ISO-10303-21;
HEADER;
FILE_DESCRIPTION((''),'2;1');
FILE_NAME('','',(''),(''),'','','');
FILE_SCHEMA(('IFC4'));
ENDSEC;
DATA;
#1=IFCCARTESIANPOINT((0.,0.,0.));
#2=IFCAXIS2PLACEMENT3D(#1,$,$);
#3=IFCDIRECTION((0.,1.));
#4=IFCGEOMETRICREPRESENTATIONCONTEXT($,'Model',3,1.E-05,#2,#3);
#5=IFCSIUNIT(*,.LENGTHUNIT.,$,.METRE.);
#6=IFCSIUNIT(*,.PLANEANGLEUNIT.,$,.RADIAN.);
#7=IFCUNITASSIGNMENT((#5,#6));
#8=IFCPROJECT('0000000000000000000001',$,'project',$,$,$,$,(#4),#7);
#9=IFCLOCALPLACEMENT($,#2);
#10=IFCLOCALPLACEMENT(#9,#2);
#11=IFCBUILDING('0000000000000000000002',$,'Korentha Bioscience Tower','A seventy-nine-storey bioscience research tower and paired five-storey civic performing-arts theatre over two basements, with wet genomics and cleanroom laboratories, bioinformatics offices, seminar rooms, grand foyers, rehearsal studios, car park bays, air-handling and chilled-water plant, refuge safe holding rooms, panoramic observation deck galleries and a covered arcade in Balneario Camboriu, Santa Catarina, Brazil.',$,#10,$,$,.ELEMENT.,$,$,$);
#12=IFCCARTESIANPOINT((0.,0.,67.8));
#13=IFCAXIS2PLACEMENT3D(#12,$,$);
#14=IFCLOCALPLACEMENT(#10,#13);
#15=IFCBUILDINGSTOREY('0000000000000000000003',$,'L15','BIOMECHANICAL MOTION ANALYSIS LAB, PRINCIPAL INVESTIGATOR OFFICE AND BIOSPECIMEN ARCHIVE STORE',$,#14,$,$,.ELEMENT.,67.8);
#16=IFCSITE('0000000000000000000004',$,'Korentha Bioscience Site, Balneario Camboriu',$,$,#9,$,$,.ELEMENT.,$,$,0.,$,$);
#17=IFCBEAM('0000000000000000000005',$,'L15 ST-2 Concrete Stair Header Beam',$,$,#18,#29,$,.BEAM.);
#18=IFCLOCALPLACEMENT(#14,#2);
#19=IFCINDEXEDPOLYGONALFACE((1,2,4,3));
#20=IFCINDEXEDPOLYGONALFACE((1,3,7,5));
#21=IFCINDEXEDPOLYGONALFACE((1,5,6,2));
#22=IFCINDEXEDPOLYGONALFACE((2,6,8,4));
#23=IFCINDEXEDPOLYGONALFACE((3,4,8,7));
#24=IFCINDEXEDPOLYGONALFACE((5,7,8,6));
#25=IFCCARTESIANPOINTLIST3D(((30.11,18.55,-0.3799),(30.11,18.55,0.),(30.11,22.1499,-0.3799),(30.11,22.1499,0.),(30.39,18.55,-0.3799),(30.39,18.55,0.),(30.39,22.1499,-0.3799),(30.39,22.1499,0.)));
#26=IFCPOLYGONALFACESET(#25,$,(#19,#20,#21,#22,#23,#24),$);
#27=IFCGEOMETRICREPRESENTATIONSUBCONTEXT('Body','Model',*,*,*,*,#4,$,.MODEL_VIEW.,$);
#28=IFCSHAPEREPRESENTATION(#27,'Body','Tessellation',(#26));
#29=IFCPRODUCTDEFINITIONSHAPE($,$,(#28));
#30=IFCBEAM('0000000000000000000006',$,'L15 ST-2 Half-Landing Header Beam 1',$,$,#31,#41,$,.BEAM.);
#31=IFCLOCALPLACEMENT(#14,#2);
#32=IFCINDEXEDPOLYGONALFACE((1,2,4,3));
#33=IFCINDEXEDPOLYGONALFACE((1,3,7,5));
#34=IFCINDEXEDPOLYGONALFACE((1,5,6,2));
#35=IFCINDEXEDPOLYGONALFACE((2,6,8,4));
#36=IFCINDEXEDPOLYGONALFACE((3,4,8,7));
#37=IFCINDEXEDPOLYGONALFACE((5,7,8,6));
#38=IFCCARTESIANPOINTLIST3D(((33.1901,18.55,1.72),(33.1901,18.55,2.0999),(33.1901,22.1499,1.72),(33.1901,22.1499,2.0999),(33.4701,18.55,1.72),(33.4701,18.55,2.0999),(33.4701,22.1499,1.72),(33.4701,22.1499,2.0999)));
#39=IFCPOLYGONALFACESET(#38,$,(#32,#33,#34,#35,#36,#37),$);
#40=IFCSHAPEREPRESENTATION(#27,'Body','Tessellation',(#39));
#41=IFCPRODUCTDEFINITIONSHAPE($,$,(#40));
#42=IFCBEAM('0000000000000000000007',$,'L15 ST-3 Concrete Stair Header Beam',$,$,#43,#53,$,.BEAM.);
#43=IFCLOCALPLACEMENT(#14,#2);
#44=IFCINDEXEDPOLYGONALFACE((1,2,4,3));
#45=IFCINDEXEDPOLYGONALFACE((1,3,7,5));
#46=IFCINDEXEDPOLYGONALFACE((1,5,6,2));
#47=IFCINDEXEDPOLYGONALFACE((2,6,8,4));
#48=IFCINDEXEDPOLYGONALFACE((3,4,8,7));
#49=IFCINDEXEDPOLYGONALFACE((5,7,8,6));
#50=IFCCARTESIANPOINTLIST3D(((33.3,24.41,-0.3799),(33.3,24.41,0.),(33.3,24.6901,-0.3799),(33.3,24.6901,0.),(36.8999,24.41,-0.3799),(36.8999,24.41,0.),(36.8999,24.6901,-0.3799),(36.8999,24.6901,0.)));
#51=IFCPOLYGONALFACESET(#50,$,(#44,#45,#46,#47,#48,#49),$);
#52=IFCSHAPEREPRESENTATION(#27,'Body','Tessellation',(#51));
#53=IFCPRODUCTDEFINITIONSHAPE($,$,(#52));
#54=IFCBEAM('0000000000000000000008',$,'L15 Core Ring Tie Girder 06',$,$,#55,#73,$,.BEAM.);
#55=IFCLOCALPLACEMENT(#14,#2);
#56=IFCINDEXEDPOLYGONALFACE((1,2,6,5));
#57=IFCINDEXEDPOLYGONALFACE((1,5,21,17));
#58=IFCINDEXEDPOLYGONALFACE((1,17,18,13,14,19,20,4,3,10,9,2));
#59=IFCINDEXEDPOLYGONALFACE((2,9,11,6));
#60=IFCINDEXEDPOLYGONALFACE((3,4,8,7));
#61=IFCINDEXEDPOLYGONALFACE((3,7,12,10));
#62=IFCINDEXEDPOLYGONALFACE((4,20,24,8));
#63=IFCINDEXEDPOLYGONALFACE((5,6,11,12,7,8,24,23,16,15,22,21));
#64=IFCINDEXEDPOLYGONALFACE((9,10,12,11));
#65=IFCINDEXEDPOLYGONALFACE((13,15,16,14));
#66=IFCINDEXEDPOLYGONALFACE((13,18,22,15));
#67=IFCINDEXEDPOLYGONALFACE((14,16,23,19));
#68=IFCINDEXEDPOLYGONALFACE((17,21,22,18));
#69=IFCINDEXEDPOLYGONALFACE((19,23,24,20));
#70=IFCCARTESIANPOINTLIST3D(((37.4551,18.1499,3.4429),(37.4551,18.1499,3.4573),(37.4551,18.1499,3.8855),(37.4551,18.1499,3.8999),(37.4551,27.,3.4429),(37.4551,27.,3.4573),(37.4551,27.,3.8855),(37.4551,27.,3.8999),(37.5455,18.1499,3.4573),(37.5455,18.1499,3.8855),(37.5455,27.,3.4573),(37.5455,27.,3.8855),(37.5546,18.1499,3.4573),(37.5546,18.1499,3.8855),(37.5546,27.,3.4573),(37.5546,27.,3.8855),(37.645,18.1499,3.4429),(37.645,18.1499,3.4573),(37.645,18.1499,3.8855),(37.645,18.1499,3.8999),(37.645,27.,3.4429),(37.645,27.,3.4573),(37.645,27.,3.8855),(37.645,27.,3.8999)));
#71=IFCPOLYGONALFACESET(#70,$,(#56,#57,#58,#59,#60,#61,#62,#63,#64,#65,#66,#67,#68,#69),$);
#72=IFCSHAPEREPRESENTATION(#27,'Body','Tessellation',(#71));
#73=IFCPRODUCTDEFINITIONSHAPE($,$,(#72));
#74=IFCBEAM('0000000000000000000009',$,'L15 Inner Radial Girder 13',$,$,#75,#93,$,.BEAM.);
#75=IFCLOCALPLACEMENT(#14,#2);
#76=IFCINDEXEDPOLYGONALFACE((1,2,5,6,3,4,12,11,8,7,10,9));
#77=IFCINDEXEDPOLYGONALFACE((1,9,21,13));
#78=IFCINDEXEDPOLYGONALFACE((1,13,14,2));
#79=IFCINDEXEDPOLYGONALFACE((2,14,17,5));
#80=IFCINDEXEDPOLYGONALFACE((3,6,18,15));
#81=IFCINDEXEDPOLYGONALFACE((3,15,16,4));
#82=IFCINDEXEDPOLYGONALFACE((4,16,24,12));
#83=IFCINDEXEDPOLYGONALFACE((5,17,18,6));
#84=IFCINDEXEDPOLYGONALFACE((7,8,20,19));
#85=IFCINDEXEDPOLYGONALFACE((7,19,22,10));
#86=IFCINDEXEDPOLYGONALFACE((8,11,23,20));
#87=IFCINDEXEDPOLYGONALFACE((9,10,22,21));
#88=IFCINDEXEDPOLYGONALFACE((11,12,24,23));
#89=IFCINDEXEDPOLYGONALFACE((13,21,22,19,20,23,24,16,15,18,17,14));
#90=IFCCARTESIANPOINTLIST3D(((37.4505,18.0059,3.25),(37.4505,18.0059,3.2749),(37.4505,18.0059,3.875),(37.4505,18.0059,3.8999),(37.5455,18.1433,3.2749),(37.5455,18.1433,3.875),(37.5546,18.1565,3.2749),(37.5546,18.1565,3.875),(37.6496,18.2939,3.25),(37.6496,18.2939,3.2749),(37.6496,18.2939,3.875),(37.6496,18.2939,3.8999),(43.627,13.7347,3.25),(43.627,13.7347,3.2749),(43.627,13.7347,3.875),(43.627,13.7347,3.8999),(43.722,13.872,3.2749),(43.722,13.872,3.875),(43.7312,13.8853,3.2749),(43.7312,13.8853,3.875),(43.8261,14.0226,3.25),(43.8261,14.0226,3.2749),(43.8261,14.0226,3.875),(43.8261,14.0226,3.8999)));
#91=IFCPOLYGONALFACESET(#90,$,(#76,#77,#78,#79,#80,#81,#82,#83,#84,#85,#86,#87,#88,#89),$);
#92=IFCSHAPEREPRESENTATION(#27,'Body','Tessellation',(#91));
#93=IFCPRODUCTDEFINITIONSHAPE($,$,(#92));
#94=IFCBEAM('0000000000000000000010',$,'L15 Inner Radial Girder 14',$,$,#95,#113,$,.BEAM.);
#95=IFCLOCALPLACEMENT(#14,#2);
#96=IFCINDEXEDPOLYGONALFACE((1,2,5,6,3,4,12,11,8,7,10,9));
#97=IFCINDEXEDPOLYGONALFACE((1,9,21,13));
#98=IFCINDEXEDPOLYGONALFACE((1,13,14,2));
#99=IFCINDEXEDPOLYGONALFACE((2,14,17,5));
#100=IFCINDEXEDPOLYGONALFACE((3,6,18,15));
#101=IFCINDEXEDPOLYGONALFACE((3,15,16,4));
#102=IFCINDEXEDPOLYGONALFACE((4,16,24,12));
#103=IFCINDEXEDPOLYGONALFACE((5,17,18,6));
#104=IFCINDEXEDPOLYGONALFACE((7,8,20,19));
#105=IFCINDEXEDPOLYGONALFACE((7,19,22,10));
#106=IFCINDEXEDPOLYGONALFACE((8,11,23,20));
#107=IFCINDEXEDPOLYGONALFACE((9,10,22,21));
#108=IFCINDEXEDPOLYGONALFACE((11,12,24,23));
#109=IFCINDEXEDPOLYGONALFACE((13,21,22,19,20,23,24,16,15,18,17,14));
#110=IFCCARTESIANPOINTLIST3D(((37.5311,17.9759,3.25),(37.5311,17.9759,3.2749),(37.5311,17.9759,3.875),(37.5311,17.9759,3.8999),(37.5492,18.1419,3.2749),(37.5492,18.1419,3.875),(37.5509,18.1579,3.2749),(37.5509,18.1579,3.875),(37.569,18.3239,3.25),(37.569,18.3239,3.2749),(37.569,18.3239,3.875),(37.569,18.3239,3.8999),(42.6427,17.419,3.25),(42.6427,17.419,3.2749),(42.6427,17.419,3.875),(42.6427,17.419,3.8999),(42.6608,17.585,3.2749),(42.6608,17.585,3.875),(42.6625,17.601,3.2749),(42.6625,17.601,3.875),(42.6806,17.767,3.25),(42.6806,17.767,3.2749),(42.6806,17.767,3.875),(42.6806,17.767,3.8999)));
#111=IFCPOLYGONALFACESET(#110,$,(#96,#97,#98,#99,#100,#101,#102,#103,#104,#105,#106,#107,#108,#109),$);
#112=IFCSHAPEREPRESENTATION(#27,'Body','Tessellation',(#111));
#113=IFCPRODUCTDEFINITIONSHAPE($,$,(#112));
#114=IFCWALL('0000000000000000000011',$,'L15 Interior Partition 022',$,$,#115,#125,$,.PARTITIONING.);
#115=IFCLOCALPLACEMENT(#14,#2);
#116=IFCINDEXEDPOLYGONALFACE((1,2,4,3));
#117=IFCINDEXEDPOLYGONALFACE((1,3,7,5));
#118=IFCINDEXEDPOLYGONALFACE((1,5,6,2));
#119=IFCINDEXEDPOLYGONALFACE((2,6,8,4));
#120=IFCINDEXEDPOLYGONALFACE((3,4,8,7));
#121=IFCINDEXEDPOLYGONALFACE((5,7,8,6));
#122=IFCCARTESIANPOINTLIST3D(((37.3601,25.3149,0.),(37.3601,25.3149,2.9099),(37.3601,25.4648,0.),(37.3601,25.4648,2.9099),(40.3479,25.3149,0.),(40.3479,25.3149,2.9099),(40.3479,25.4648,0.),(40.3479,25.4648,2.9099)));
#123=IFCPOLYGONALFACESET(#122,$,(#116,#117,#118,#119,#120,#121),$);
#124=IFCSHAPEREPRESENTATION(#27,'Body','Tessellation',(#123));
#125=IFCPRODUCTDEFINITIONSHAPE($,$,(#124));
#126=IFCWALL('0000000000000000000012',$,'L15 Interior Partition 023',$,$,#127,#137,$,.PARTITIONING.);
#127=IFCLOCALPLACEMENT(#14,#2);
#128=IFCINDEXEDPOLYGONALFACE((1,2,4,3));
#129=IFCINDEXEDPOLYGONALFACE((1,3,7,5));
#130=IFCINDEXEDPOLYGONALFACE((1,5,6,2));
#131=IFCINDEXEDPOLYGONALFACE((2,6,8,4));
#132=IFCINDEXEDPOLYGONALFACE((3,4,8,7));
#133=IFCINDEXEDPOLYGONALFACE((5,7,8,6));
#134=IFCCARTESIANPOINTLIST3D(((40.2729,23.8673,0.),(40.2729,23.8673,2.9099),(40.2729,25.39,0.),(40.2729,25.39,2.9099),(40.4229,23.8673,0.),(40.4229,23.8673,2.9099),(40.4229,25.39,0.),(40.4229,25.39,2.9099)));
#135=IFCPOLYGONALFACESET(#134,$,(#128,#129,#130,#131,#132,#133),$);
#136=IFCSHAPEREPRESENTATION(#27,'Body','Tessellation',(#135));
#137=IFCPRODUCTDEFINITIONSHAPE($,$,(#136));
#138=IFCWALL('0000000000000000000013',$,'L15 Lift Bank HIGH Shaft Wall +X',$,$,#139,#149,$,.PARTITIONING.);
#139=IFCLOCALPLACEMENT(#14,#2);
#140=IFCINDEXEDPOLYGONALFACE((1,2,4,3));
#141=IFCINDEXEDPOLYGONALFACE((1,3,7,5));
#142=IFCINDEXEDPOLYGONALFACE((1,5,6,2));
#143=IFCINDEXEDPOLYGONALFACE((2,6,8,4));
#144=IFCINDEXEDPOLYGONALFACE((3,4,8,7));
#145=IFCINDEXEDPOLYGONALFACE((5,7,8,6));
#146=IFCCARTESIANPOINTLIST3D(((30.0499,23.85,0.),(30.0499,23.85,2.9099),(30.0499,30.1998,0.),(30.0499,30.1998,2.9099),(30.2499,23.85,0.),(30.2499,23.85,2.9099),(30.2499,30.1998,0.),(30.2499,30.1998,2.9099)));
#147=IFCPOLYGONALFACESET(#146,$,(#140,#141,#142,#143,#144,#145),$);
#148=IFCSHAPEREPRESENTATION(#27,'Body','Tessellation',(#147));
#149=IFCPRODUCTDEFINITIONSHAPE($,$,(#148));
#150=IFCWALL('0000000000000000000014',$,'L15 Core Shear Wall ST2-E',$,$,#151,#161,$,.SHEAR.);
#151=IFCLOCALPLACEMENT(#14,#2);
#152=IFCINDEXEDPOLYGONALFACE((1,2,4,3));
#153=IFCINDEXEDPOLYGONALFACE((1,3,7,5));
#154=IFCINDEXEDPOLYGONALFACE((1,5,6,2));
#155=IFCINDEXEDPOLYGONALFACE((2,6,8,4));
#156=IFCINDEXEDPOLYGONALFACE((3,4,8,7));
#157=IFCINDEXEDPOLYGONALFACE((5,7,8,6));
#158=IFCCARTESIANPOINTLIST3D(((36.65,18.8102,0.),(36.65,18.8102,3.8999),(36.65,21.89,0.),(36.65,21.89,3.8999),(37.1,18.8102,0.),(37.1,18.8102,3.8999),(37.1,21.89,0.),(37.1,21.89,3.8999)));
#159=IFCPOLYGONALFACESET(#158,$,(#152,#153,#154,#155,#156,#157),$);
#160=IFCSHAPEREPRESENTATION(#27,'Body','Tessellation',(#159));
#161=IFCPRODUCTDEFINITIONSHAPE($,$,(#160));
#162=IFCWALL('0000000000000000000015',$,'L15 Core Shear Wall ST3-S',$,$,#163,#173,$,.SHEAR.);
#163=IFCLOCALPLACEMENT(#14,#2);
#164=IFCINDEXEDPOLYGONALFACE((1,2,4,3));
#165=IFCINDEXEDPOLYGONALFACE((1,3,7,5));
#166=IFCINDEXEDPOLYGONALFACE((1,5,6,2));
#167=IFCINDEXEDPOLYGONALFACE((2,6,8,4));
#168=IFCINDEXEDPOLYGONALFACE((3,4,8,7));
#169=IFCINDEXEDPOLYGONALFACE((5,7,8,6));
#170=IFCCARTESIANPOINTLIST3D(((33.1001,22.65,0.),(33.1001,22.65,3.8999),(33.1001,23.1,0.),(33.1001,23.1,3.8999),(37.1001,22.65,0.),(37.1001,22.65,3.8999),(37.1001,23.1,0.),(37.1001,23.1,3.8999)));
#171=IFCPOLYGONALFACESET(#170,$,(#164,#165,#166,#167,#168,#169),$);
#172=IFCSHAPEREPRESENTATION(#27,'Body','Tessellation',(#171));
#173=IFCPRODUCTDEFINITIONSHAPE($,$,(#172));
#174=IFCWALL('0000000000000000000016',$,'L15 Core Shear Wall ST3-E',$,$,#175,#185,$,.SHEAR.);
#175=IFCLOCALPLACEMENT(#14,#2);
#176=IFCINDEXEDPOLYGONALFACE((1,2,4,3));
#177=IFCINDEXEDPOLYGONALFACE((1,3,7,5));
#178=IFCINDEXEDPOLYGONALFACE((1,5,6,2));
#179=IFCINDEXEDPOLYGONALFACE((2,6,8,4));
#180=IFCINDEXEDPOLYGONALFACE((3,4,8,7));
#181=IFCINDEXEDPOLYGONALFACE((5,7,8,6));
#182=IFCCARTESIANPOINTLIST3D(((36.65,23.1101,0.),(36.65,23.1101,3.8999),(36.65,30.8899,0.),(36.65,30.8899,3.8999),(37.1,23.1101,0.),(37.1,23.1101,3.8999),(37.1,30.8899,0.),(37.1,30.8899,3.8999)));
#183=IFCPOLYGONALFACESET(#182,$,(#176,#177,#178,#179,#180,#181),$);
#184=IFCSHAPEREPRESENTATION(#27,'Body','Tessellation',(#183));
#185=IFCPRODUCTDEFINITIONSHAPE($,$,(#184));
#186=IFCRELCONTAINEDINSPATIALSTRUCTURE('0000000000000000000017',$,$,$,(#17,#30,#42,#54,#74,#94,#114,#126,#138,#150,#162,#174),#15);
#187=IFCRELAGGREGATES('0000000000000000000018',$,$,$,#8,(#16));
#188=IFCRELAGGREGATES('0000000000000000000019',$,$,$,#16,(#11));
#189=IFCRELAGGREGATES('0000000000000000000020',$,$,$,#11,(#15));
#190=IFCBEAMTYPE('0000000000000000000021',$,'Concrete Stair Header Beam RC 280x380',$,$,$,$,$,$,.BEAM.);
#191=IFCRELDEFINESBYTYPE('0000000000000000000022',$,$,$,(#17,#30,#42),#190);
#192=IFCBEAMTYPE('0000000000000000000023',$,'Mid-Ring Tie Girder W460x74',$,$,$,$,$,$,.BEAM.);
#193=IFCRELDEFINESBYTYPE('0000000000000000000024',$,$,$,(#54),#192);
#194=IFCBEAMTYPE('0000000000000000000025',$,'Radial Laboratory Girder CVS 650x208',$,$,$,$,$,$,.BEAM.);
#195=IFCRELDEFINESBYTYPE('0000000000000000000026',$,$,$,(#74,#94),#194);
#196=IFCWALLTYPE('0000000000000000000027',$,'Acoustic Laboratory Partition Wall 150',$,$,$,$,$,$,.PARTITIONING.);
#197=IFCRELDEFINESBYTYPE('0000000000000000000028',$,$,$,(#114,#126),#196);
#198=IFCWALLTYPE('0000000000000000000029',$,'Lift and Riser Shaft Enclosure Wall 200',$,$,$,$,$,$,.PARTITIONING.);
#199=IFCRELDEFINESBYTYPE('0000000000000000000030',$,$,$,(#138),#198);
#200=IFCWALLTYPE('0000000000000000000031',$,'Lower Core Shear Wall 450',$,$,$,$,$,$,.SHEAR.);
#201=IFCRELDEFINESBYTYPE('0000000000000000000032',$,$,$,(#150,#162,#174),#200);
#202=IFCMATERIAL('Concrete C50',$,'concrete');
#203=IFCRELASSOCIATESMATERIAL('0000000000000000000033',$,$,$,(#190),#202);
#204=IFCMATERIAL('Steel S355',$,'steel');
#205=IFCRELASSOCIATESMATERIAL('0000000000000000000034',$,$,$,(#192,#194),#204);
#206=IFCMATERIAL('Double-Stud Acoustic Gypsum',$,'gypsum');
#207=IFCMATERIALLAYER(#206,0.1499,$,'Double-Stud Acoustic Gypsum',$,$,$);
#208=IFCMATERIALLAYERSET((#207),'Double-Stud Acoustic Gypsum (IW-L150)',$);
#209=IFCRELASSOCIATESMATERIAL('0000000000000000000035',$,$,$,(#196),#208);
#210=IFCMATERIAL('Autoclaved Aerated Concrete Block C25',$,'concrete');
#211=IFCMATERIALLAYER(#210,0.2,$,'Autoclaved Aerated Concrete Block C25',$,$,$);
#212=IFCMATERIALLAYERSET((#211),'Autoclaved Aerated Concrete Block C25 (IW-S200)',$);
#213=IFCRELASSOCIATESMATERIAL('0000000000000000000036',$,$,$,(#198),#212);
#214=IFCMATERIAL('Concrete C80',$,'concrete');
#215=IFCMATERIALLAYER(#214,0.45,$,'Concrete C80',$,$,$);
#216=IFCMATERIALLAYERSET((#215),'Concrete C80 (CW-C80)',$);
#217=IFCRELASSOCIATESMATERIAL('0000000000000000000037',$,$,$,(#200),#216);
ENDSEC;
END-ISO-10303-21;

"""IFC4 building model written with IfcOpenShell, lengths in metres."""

from ifc_helpers import new_model, si_unit, direction, frame, frame_2d, origin, origin_2d, place, context, subcontext, project, spatial, rectangle, i_section, extrude, material, layer, layer_set, material_profile, profile_set, type_object, element, save


model = new_model("IFC4")

# Units and contexts
model_context = context("Model", 3, precision=1e-05, world=origin(), true_north=direction((0.0, 1.0)))
body_context = subcontext(model_context, "Body", "Model", "MODEL_VIEW")
ifc_project = project(units=[si_unit("LENGTHUNIT", "METRE"), si_unit("PLANEANGLEUNIT", "RADIAN")], contexts=[model_context])

# Site, building, storey
site_placement = place(None, origin())
site = spatial("IfcSite", under=ifc_project, at=site_placement, Name="Korentha Bioscience Site, Balneario Camboriu", CompositionType="ELEMENT", RefElevation=0.0)
building_placement = place(site_placement, origin())
building = spatial("IfcBuilding", under=site, at=building_placement, Name="Korentha Bioscience Tower", Description="A seventy-nine-storey bioscience research tower and paired five-storey civic performing-arts theatre over two basements, with wet genomics and cleanroom laboratories, bioinformatics offices, seminar rooms, grand foyers, rehearsal studios, car park bays, air-handling and chilled-water plant, refuge safe holding rooms, panoramic observation deck galleries and a covered arcade in Balneario Camboriu, Santa Catarina, Brazil.", CompositionType="ELEMENT")
storey_placement = place(building_placement, frame((0.0, 0.0, 67.8)))
storey = spatial("IfcBuildingStorey", under=building, at=storey_placement, Name="L15", Description="BIOMECHANICAL MOTION ANALYSIS LAB, PRINCIPAL INVESTIGATOR OFFICE AND BIOSPECIMEN ARCHIVE STORE", CompositionType="ELEMENT", Elevation=67.8)

# Beams
ifc_material_1 = material(Name="Concrete C50", Category="concrete")
ifc_material_profile_1 = material_profile(ifc_material_1, rectangle(XDim=0.28, YDim=0.3799, at=origin_2d()), Name="Concrete C50")
ifc_profile_set_1 = profile_set([ifc_material_profile_1], Name="Concrete C50 (ST-HB380)")
beam_type_1 = type_object("IfcBeamType", Name="Concrete Stair Header Beam RC 280x380", PredefinedType="BEAM", material=ifc_profile_set_1)
for number, where, z_axis, x_axis, name in (
    (1, (30.25, 18.55, -0.1899), (0.0, 1.0, 0.0), (-1.0, 0.0, 0.0), "L15 ST-2 Concrete Stair Header Beam"),
    (2, (33.3301, 18.55, 1.9099), (0.0, 1.0, 0.0), (-1.0, 0.0, 0.0), "L15 ST-2 Half-Landing Header Beam 1"),
    (3, (36.8999, 24.55, -0.1899), (-1.0, 0.0, 0.0), (0.0, -1.0, 0.0), "L15 ST-3 Concrete Stair Header Beam"),
):
    element("IfcBeam", number, at=place(storey_placement, frame(where, z_axis=z_axis, x_axis=x_axis)), inside=storey, type_object=beam_type_1, Name=name, PredefinedType="BEAM", context=body_context, shape_type="SweptSolid", body=[
        extrude(rectangle(XDim=0.28, YDim=0.3799, at=origin_2d()), origin(), (0.0, 0.0, 1.0), 3.5999),
    ])
ifc_material_2 = material(Name="Steel S355", Category="steel")
ifc_material_profile_2 = material_profile(ifc_material_2, i_section(OverallWidth=0.1899, OverallDepth=0.457, WebThickness=0.009, FlangeThickness=0.0144, at=origin_2d()), Name="Steel S355")
ifc_profile_set_2 = profile_set([ifc_material_profile_2], Name="Steel S355 (MB-460)")
beam_type_2 = type_object("IfcBeamType", Name="Mid-Ring Tie Girder W460x74", PredefinedType="BEAM", material=ifc_profile_set_2)
beam_1_placement = place(storey_placement, frame((37.55, 18.1499, 3.6714), z_axis=(0.0, 1.0, 0.0), x_axis=(-1.0, 0.0, 0.0)))
element("IfcBeam", 4, at=beam_1_placement, inside=storey, type_object=beam_type_2, Name="L15 Core Ring Tie Girder 06", PredefinedType="BEAM", context=body_context, shape_type="SweptSolid", body=[
    extrude(i_section(OverallWidth=0.1899, OverallDepth=0.457, WebThickness=0.009, FlangeThickness=0.0144, at=origin_2d()), origin(), (0.0, 0.0, 1.0), 8.8501),
])
ifc_material_profile_3 = material_profile(ifc_material_2, i_section(OverallWidth=0.3501, OverallDepth=0.6499, WebThickness=0.0161, FlangeThickness=0.0249, at=origin_2d()), Name="Steel S355")
ifc_profile_set_3 = profile_set([ifc_material_profile_3], Name="Steel S355 (RB-650)")
beam_type_3 = type_object("IfcBeamType", Name="Radial Laboratory Girder CVS 650x208", PredefinedType="BEAM", material=ifc_profile_set_3)
beam_2_placement = place(storey_placement, frame((37.55, 18.1499, 3.575), z_axis=(0.822492, -0.568777, 0.0), x_axis=(0.568777, 0.822492, 0.0)))
element("IfcBeam", 5, at=beam_2_placement, inside=storey, type_object=beam_type_3, Name="L15 Inner Radial Girder 13", PredefinedType="BEAM", context=body_context, shape_type="SweptSolid", body=[
    extrude(i_section(OverallWidth=0.3501, OverallDepth=0.6499, WebThickness=0.0161, FlangeThickness=0.0249, at=origin_2d()), origin(), (0.0, 0.0, 1.0), 7.5095),
])
beam_3_placement = place(storey_placement, frame((37.55, 18.1499, 3.575), z_axis=(0.994118, -0.108305, 0.0), x_axis=(0.108305, 0.994118, 0.0)))
element("IfcBeam", 6, at=beam_3_placement, inside=storey, type_object=beam_type_3, Name="L15 Inner Radial Girder 14", PredefinedType="BEAM", context=body_context, shape_type="SweptSolid", body=[
    extrude(i_section(OverallWidth=0.3501, OverallDepth=0.6499, WebThickness=0.0161, FlangeThickness=0.0249, at=origin_2d()), origin(), (0.0, 0.0, 1.0), 5.1418),
])

# Walls
ifc_material_3 = material(Name="Double-Stud Acoustic Gypsum", Category="gypsum")
ifc_layer_1 = layer(ifc_material_3, 0.1499, Name="Double-Stud Acoustic Gypsum")
ifc_layer_set_1 = layer_set([ifc_layer_1], Name="Double-Stud Acoustic Gypsum (IW-L150)")
wall_type_1 = type_object("IfcWallType", Name="Acoustic Laboratory Partition Wall 150", PredefinedType="PARTITIONING", material=ifc_layer_set_1)
wall_1_placement = place(storey_placement, frame((37.3601, 25.3899, 0.0), z_axis=(0.0, 0.0, 1.0), x_axis=(1.0, 0.0, 0.0)))
element("IfcWall", 7, at=wall_1_placement, inside=storey, type_object=wall_type_1, Name="L15 Interior Partition 022", PredefinedType="PARTITIONING", context=body_context, shape_type="SweptSolid", body=[
    extrude(rectangle(XDim=2.9878, YDim=0.1499, at=frame_2d((1.4939, 0.0))), origin(), (0.0, 0.0, 1.0), 2.9099),
])
wall_2_placement = place(storey_placement, frame((40.3479, 25.3899, 0.0), z_axis=(0.0, 0.0, 1.0), x_axis=(0.0, -1.0, 0.0)))
element("IfcWall", 8, at=wall_2_placement, inside=storey, type_object=wall_type_1, Name="L15 Interior Partition 023", PredefinedType="PARTITIONING", context=body_context, shape_type="SweptSolid", body=[
    extrude(rectangle(XDim=1.5227, YDim=0.1499, at=frame_2d((0.7612, 0.0))), origin(), (0.0, 0.0, 1.0), 2.9099),
])
ifc_material_4 = material(Name="Autoclaved Aerated Concrete Block C25", Category="concrete")
ifc_layer_2 = layer(ifc_material_4, 0.2, Name="Autoclaved Aerated Concrete Block C25")
ifc_layer_set_2 = layer_set([ifc_layer_2], Name="Autoclaved Aerated Concrete Block C25 (IW-S200)")
wall_type_2 = type_object("IfcWallType", Name="Lift and Riser Shaft Enclosure Wall 200", PredefinedType="PARTITIONING", material=ifc_layer_set_2)
wall_3_placement = place(storey_placement, frame((30.1499, 23.8501, 0.0), z_axis=(0.0, 0.0, 1.0), x_axis=(0.0, 1.0, 0.0)))
element("IfcWall", 9, at=wall_3_placement, inside=storey, type_object=wall_type_2, Name="L15 Lift Bank HIGH Shaft Wall +X", PredefinedType="PARTITIONING", context=body_context, shape_type="SweptSolid", body=[
    extrude(rectangle(XDim=6.3499, YDim=0.2, at=frame_2d((3.1748, 0.0))), origin(), (0.0, 0.0, 1.0), 2.9099),
])
ifc_material_5 = material(Name="Concrete C80", Category="concrete")
ifc_layer_3 = layer(ifc_material_5, 0.45, Name="Concrete C80")
ifc_layer_set_3 = layer_set([ifc_layer_3], Name="Concrete C80 (CW-C80)")
wall_type_3 = type_object("IfcWallType", Name="Lower Core Shear Wall 450", PredefinedType="SHEAR", material=ifc_layer_set_3)
wall_4_placement = place(storey_placement, frame((36.875, 18.8101, 0.0), z_axis=(0.0, 0.0, 1.0), x_axis=(0.0, 1.0, 0.0)))
element("IfcWall", 10, at=wall_4_placement, inside=storey, type_object=wall_type_3, Name="L15 Core Shear Wall ST2-E", PredefinedType="SHEAR", context=body_context, shape_type="SweptSolid", body=[
    extrude(rectangle(XDim=3.0798, YDim=0.45, at=frame_2d((1.54, 0.0))), origin(), (0.0, 0.0, 1.0), 3.8999),
])
wall_5_placement = place(storey_placement, frame((33.1001, 22.875, 0.0), z_axis=(0.0, 0.0, 1.0), x_axis=(1.0, 0.0, 0.0)))
element("IfcWall", 11, at=wall_5_placement, inside=storey, type_object=wall_type_3, Name="L15 Core Shear Wall ST3-S", PredefinedType="SHEAR", context=body_context, shape_type="SweptSolid", body=[
    extrude(rectangle(XDim=4.0, YDim=0.45, at=frame_2d((2.0, 0.0))), origin(), (0.0, 0.0, 1.0), 3.8999),
])
wall_6_placement = place(storey_placement, frame((36.875, 23.1101, 0.0), z_axis=(0.0, 0.0, 1.0), x_axis=(0.0, 1.0, 0.0)))
element("IfcWall", 12, at=wall_6_placement, inside=storey, type_object=wall_type_3, Name="L15 Core Shear Wall ST3-E", PredefinedType="SHEAR", context=body_context, shape_type="SweptSolid", body=[
    extrude(rectangle(XDim=7.7798, YDim=0.45, at=frame_2d((3.8899, 0.0))), origin(), (0.0, 0.0, 1.0), 3.8999),
])

save(model, "model.ifc")
